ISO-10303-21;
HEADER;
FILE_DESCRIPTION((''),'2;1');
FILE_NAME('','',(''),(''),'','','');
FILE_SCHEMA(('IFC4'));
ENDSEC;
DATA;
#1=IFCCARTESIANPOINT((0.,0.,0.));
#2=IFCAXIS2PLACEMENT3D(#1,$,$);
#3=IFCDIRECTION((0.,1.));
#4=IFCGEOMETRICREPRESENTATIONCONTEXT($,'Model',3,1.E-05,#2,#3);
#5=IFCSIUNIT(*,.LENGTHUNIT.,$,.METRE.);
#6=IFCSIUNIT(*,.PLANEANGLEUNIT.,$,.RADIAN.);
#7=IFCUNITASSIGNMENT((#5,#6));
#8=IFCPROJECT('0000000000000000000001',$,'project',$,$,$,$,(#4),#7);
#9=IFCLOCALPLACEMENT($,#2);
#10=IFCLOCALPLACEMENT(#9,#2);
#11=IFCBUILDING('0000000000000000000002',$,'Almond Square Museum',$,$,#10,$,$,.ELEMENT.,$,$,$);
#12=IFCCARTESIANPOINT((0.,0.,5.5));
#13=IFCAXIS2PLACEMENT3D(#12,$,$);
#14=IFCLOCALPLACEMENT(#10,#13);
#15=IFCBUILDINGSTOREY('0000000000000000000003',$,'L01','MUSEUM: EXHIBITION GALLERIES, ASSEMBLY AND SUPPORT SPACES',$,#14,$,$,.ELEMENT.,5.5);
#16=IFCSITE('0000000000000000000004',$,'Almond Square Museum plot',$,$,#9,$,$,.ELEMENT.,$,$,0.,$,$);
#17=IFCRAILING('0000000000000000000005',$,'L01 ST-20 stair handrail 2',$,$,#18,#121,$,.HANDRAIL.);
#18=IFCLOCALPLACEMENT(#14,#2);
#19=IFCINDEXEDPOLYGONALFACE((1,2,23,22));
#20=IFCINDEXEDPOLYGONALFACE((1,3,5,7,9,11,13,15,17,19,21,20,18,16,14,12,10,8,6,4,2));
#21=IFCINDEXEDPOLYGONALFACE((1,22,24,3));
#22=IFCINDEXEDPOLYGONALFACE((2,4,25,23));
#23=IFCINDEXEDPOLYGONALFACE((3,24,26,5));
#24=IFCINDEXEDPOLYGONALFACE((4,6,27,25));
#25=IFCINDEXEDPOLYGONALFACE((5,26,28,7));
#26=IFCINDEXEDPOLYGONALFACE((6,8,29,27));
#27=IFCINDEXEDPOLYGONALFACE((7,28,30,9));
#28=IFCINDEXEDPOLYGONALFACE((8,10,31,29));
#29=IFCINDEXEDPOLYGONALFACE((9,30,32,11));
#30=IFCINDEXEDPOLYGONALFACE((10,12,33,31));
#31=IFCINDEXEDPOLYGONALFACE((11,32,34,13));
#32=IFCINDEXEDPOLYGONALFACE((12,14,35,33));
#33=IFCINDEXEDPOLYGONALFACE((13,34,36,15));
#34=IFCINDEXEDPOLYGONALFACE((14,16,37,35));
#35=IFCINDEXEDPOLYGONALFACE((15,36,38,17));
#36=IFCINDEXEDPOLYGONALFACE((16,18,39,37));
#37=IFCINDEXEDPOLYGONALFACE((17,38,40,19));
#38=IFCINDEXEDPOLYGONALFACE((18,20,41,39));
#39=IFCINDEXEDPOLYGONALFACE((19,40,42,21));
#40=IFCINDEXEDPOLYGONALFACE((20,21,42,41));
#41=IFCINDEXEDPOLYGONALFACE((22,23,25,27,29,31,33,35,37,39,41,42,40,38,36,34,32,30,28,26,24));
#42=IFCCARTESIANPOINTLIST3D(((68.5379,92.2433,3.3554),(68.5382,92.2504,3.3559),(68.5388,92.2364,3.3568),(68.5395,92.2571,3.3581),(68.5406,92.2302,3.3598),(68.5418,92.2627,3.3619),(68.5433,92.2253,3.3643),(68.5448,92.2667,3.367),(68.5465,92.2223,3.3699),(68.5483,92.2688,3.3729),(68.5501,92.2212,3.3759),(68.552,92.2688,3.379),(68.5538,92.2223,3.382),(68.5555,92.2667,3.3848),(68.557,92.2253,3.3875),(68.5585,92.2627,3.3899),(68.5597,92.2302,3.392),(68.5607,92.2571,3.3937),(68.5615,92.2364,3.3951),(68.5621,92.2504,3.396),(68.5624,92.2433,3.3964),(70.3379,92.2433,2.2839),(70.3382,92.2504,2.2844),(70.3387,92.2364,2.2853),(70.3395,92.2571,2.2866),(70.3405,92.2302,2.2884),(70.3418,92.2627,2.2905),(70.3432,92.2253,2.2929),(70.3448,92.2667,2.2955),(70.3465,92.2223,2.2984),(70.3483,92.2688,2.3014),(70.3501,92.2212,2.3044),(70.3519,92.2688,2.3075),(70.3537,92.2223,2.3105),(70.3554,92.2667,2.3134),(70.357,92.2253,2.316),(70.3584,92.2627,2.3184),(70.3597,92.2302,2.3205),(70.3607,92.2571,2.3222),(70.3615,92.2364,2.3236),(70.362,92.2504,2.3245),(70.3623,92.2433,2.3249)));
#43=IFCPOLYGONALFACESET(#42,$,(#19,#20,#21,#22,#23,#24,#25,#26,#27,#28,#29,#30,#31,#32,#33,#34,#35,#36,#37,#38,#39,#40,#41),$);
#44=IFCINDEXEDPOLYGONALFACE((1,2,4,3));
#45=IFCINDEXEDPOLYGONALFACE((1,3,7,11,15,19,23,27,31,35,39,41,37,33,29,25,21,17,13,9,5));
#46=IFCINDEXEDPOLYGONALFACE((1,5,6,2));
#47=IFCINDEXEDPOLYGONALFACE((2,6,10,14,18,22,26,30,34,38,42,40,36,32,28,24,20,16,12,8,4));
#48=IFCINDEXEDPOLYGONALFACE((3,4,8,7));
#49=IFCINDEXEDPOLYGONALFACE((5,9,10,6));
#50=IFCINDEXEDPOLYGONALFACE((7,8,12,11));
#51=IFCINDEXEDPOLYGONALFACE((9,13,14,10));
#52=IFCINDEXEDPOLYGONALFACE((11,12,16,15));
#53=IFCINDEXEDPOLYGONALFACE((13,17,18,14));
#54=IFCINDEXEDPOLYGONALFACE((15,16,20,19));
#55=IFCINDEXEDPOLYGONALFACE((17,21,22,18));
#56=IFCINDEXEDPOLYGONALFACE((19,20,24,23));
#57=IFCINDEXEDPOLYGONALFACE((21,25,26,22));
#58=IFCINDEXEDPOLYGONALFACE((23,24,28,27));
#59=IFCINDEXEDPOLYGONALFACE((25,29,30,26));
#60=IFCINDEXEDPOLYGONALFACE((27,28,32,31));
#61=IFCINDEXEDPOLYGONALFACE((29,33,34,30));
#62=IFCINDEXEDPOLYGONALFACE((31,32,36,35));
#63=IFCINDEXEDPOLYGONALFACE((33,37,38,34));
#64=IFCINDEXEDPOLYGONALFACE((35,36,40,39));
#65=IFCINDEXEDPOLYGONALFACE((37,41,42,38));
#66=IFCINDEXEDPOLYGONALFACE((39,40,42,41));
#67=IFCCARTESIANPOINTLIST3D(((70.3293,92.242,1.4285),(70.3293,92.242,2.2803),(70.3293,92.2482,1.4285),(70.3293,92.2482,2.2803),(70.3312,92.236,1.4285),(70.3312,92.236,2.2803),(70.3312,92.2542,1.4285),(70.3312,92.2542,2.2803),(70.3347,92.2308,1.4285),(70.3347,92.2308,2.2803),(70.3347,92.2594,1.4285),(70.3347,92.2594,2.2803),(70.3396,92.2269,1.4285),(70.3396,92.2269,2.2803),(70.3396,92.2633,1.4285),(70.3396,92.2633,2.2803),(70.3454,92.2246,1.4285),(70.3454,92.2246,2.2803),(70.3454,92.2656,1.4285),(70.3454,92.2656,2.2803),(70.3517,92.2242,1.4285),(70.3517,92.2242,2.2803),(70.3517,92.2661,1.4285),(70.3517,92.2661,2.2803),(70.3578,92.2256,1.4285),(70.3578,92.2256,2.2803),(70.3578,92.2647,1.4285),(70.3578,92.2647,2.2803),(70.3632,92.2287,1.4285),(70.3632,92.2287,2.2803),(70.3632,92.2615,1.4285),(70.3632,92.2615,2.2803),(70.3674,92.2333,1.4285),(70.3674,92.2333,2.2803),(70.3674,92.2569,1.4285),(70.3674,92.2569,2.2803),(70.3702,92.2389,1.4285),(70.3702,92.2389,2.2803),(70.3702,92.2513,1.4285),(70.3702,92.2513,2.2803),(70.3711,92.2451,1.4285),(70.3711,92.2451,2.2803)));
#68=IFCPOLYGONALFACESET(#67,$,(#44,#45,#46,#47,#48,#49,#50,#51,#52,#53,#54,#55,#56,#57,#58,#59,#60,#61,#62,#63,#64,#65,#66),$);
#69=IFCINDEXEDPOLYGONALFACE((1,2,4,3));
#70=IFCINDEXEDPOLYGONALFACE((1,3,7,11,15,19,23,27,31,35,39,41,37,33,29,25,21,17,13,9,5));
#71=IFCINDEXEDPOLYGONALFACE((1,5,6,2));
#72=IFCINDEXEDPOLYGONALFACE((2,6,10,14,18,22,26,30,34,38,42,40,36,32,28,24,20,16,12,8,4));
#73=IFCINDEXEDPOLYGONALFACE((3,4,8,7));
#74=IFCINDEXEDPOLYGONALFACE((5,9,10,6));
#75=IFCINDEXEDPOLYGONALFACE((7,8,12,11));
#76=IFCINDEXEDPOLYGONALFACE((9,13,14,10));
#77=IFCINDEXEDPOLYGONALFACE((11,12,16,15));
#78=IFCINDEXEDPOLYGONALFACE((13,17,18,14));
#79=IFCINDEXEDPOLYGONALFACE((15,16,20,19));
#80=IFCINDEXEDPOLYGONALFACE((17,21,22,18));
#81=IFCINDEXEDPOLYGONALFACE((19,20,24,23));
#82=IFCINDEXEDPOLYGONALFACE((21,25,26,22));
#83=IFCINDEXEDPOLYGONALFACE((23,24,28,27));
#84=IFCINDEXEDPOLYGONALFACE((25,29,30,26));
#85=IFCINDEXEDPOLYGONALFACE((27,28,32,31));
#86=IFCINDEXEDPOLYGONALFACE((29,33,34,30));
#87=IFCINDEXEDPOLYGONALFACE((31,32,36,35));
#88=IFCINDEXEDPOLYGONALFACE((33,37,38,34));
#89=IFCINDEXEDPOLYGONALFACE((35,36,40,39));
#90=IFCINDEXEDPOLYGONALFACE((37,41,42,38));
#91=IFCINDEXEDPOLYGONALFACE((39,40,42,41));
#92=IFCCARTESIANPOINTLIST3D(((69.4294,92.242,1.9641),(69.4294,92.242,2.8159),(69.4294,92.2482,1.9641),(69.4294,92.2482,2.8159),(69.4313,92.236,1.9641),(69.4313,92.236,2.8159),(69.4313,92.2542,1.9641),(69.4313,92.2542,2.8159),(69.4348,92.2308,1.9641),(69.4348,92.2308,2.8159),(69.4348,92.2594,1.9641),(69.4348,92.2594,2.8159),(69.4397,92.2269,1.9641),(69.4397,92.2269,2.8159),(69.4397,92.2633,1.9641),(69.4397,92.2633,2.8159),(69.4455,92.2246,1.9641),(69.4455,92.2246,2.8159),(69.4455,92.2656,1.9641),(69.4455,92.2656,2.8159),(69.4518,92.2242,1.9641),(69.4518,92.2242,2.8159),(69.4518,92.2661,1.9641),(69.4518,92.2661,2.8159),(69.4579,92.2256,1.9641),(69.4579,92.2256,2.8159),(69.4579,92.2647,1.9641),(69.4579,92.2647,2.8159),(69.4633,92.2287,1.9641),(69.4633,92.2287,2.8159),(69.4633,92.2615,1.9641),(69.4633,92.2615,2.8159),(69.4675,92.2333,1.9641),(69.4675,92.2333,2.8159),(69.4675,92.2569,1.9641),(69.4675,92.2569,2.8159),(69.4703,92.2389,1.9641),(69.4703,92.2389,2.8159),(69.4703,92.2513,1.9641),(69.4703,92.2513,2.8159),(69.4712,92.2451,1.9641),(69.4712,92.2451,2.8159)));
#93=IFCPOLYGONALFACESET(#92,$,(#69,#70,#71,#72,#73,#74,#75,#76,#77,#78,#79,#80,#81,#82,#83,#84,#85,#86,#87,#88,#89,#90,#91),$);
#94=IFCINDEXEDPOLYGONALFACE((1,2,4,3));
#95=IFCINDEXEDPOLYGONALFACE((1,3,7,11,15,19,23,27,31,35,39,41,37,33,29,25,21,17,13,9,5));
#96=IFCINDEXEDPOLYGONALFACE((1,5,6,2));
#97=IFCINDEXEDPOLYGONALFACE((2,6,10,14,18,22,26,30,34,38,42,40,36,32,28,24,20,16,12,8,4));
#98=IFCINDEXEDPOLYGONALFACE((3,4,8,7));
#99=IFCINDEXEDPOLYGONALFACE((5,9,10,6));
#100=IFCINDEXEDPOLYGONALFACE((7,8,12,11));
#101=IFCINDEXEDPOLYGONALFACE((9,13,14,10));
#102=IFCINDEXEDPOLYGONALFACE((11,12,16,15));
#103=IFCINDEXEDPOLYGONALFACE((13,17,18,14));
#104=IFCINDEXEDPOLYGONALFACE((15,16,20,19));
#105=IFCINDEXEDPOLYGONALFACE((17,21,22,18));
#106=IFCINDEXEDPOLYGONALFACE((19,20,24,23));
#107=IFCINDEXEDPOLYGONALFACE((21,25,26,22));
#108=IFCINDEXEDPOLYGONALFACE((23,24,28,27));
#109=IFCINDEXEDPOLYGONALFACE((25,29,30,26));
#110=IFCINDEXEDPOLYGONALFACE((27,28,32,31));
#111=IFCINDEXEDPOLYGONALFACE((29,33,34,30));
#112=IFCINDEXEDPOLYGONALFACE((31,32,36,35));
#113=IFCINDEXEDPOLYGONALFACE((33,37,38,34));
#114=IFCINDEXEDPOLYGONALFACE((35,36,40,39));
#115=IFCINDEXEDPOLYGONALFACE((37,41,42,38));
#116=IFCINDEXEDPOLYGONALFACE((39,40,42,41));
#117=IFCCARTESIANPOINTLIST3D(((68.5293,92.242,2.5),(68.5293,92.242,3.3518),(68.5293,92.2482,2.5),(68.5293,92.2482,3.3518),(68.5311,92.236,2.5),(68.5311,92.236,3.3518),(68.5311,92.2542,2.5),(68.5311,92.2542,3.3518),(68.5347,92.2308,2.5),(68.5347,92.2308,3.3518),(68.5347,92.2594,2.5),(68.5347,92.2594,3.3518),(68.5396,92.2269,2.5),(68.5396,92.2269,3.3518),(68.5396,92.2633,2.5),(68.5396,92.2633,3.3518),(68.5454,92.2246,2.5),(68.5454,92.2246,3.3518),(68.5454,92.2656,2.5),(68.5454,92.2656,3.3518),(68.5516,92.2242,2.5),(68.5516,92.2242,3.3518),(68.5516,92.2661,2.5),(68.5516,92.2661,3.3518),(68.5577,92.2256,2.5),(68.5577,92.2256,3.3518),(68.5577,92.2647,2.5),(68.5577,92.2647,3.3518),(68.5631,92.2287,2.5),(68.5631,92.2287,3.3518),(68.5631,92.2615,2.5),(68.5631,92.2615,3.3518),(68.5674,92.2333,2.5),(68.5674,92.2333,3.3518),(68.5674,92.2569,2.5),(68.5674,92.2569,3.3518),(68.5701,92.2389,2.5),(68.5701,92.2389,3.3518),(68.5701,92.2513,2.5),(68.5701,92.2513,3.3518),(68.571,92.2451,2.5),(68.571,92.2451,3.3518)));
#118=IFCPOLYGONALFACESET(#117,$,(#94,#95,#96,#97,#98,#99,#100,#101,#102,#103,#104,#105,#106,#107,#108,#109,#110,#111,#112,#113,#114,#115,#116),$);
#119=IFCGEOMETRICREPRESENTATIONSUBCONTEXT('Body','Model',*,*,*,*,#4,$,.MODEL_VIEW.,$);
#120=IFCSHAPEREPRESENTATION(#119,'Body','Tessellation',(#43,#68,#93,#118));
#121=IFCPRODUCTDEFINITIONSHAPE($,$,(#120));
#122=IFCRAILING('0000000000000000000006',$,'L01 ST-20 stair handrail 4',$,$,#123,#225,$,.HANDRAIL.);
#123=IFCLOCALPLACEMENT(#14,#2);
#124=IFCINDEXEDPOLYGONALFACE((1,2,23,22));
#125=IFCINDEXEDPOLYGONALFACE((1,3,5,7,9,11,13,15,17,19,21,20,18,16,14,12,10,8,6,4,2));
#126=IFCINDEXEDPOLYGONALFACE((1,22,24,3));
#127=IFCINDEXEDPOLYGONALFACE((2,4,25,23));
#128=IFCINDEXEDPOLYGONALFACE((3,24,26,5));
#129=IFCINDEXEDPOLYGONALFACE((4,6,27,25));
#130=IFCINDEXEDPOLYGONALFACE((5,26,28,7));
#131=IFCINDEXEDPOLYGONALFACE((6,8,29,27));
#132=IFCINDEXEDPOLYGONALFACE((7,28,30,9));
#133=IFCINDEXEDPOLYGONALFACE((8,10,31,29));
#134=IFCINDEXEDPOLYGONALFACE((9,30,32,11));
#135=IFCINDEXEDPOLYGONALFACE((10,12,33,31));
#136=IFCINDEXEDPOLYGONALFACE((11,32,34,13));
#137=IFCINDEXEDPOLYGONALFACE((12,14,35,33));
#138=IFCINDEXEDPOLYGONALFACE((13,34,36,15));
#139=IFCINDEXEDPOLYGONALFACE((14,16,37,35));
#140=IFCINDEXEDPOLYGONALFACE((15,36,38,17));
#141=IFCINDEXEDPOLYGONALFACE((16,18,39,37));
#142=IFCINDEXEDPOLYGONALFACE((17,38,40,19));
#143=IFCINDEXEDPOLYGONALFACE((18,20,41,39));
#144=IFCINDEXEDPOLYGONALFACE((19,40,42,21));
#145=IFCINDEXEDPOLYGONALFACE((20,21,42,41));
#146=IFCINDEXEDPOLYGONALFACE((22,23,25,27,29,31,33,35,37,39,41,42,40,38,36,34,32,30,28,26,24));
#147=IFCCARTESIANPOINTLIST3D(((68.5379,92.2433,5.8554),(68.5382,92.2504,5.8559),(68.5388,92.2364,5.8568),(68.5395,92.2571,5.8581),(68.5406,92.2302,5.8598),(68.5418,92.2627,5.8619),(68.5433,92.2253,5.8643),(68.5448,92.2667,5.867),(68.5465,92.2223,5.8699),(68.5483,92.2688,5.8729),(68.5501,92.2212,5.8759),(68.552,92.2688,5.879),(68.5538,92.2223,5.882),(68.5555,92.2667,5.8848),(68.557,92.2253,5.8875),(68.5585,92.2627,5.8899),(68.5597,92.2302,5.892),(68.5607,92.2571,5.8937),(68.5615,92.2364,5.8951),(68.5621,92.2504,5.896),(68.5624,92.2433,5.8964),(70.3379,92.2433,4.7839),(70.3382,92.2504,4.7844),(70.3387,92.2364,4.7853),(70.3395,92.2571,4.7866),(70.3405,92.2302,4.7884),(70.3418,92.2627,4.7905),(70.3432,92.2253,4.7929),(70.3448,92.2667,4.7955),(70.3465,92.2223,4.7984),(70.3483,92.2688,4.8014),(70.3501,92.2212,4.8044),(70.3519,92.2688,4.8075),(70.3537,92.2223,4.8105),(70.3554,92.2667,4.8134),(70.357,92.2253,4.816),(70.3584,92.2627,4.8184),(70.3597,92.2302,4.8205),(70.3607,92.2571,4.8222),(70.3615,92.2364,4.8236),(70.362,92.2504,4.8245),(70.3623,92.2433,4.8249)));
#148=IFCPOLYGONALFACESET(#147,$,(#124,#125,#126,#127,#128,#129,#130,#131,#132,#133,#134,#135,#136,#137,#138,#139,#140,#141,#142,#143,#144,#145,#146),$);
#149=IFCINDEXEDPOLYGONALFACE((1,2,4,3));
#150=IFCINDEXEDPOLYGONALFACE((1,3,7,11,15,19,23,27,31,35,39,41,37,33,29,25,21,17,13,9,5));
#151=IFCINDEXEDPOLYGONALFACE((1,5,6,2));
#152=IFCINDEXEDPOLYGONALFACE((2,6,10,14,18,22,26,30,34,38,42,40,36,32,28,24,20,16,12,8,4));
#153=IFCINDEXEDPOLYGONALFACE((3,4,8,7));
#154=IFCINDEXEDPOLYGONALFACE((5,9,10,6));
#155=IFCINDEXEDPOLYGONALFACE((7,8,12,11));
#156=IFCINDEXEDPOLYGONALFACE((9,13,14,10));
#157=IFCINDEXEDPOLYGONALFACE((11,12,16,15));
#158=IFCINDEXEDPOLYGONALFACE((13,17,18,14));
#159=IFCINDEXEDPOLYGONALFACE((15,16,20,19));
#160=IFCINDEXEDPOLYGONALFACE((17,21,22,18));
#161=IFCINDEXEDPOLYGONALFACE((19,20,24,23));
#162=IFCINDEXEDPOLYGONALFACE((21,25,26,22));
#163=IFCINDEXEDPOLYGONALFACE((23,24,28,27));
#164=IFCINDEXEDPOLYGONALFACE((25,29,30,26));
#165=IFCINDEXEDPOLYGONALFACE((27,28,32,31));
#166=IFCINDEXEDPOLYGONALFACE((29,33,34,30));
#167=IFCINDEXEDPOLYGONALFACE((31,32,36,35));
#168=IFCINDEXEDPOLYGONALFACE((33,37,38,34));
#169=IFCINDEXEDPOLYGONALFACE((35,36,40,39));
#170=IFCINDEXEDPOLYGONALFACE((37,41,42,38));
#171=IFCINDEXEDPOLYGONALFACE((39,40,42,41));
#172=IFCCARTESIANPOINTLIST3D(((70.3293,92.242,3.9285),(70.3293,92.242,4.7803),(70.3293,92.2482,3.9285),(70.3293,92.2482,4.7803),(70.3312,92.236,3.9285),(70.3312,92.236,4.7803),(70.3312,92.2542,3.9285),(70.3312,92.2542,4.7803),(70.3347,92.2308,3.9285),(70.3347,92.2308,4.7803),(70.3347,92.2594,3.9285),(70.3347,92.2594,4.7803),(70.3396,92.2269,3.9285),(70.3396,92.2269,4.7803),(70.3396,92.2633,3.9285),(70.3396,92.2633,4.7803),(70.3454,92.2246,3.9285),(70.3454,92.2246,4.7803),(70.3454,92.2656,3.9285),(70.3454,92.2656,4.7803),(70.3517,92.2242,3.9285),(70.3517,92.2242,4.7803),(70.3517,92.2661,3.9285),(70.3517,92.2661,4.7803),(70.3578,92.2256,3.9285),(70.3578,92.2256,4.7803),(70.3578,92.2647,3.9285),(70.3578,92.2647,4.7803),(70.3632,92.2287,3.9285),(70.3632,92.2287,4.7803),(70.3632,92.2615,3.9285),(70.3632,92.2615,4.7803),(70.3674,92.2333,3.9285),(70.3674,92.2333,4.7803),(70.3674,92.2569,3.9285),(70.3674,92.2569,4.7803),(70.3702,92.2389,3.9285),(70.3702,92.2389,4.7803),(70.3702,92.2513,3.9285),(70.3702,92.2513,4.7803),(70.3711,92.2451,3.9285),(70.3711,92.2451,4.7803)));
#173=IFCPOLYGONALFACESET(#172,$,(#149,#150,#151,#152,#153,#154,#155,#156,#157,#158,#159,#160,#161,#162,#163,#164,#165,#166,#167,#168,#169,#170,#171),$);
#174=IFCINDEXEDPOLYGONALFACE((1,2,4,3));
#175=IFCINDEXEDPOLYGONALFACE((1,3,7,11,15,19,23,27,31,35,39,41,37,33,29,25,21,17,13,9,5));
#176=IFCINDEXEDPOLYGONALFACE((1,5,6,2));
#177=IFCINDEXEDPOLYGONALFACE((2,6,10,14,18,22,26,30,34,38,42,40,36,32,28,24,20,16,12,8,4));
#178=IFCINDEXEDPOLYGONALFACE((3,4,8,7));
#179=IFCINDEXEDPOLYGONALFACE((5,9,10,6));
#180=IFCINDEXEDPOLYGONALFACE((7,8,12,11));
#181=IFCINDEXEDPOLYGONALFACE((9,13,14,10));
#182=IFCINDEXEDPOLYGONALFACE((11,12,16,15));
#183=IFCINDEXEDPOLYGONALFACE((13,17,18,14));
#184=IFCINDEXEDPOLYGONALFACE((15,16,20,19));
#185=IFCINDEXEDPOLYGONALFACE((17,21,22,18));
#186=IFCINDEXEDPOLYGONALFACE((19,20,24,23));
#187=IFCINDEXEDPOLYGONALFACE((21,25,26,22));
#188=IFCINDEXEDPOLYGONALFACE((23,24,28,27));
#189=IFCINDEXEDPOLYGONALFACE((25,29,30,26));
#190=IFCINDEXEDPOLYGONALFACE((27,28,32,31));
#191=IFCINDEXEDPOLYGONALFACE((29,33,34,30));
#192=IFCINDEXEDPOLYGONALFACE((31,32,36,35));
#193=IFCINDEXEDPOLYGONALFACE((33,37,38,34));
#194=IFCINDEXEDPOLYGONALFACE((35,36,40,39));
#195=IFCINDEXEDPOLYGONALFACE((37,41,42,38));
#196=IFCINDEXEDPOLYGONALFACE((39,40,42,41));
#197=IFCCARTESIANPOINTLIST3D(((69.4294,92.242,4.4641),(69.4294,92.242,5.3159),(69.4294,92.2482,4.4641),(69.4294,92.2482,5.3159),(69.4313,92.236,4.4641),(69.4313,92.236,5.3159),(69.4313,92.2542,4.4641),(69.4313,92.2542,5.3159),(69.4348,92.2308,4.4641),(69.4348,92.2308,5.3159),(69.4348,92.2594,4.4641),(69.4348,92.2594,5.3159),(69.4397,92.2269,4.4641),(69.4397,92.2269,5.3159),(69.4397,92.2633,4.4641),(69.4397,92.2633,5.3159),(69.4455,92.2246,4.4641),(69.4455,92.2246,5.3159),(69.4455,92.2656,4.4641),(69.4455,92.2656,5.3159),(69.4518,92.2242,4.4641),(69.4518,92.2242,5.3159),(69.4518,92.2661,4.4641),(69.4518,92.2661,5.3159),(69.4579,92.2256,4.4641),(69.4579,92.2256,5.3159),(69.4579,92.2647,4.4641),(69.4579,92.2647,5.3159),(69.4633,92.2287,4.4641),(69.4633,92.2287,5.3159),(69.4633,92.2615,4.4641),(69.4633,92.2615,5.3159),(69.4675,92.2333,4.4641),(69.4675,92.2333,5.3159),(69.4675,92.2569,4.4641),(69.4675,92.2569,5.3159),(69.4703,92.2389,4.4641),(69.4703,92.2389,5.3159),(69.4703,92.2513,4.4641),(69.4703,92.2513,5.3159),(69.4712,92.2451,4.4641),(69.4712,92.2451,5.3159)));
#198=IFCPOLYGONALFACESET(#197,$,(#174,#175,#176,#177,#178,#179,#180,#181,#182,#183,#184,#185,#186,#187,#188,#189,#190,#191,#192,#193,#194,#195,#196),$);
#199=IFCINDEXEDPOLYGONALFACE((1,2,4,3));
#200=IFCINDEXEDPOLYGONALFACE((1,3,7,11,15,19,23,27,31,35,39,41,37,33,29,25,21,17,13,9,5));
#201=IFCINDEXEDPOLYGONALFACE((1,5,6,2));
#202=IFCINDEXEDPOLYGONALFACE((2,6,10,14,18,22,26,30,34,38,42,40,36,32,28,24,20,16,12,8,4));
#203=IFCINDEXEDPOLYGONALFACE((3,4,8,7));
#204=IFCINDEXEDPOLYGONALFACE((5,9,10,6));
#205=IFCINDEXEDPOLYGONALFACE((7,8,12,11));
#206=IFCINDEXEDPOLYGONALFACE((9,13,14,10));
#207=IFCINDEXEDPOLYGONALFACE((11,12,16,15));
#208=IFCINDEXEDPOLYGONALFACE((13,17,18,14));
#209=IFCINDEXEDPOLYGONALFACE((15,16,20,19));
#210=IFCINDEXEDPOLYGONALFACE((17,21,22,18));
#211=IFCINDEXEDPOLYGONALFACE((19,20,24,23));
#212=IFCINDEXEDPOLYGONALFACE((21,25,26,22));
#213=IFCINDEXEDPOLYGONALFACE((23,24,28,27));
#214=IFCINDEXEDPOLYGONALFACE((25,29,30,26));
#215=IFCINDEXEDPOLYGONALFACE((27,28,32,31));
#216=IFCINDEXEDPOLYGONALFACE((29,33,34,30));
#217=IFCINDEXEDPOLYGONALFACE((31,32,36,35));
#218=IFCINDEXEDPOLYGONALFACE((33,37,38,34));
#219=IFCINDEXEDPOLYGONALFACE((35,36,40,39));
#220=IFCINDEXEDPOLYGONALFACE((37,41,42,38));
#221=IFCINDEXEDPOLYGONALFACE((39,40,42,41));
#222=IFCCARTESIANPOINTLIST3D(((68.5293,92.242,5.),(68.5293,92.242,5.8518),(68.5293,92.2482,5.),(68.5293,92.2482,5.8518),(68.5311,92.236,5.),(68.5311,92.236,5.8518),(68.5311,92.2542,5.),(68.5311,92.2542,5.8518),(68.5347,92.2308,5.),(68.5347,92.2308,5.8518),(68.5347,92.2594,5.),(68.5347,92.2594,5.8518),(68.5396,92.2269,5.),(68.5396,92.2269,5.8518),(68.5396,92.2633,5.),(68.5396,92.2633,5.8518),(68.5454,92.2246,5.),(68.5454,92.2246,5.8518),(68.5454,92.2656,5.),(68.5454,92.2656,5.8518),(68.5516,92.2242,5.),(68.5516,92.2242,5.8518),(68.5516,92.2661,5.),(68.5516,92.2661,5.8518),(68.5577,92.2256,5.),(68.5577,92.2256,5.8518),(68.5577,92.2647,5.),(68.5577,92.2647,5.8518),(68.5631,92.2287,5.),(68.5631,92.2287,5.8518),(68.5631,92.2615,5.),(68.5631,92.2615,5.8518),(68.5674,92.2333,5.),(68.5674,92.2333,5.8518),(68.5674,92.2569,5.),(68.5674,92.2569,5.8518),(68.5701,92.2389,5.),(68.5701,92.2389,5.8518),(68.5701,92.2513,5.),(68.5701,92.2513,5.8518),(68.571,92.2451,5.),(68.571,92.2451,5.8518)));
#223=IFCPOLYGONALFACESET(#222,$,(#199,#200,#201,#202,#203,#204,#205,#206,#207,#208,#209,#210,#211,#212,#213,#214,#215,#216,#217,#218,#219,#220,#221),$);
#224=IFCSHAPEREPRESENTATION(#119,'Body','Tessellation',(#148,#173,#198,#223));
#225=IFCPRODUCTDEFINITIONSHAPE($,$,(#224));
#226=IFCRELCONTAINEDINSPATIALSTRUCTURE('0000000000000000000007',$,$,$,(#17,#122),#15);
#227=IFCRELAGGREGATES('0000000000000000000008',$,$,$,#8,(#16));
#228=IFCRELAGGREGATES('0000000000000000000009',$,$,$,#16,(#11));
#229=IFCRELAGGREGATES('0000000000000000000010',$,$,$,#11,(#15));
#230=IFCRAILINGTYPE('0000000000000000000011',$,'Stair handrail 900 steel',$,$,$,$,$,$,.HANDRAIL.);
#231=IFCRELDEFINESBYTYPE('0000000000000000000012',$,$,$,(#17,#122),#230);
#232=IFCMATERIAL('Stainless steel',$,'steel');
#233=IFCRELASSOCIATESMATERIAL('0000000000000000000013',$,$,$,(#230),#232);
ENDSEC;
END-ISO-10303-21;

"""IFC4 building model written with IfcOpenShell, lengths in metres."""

from ifc_helpers import new_model, si_unit, direction, frame, origin, origin_2d, place, context, subcontext, project, spatial, circle, extrude, material, type_object, element, save


model = new_model("IFC4")

# Units and contexts
model_context = context("Model", 3, precision=1e-05, world=origin(), true_north=direction((0.0, 1.0)))
body_context = subcontext(model_context, "Body", "Model", "MODEL_VIEW")
ifc_project = project(units=[si_unit("LENGTHUNIT", "METRE"), si_unit("PLANEANGLEUNIT", "RADIAN")], contexts=[model_context])

# Site, building, storey
site_placement = place(None, origin())
site = spatial("IfcSite", under=ifc_project, at=site_placement, Name="Almond Square Museum plot", CompositionType="ELEMENT", RefElevation=0.0)
building_placement = place(site_placement, origin())
building = spatial("IfcBuilding", under=site, at=building_placement, Name="Almond Square Museum", CompositionType="ELEMENT")
storey_placement = place(building_placement, frame((0.0, 0.0, 5.5)))
storey = spatial("IfcBuildingStorey", under=building, at=storey_placement, Name="L01", Description="MUSEUM: EXHIBITION GALLERIES, ASSEMBLY AND SUPPORT SPACES", CompositionType="ELEMENT", Elevation=5.5)

# Railings
ifc_material_1 = material(Name="Stainless steel", Category="steel")
railing_type_1 = type_object("IfcRailingType", Name="Stair handrail 900 steel", PredefinedType="HANDRAIL", material=ifc_material_1)
for number, where, name in (
    (1, (70.3501, 92.2451, 1.4285), "L01 ST-20 stair handrail 2"),
    (2, (70.3501, 92.2451, 3.9285), "L01 ST-20 stair handrail 4"),
):
    element("IfcRailing", number, at=place(storey_placement, frame(where)), inside=storey, type_object=railing_type_1, Name=name, PredefinedType="HANDRAIL", context=body_context, shape_type="SweptSolid", body=[
        extrude(circle(Radius=0.0239, at=origin_2d()), frame((0.0, 0.0, 0.876), z_axis=(-0.859277, 0.0, 0.51151), x_axis=(0.0, -1.0, 0.0)), (0.0, 0.0, 1.0), 2.0947),
        extrude(circle(Radius=0.021, at=origin_2d()), origin(), (0.0, 0.0, 1.0), 0.8518),
        extrude(circle(Radius=0.021, at=origin_2d()), frame((-0.8999, 0.0, 0.5356)), (0.0, 0.0, 1.0), 0.8518),
        extrude(circle(Radius=0.021, at=origin_2d()), frame((-1.8, 0.0, 1.0715)), (0.0, 0.0, 1.0), 0.8518),
    ])

save(model, "model.ifc")
